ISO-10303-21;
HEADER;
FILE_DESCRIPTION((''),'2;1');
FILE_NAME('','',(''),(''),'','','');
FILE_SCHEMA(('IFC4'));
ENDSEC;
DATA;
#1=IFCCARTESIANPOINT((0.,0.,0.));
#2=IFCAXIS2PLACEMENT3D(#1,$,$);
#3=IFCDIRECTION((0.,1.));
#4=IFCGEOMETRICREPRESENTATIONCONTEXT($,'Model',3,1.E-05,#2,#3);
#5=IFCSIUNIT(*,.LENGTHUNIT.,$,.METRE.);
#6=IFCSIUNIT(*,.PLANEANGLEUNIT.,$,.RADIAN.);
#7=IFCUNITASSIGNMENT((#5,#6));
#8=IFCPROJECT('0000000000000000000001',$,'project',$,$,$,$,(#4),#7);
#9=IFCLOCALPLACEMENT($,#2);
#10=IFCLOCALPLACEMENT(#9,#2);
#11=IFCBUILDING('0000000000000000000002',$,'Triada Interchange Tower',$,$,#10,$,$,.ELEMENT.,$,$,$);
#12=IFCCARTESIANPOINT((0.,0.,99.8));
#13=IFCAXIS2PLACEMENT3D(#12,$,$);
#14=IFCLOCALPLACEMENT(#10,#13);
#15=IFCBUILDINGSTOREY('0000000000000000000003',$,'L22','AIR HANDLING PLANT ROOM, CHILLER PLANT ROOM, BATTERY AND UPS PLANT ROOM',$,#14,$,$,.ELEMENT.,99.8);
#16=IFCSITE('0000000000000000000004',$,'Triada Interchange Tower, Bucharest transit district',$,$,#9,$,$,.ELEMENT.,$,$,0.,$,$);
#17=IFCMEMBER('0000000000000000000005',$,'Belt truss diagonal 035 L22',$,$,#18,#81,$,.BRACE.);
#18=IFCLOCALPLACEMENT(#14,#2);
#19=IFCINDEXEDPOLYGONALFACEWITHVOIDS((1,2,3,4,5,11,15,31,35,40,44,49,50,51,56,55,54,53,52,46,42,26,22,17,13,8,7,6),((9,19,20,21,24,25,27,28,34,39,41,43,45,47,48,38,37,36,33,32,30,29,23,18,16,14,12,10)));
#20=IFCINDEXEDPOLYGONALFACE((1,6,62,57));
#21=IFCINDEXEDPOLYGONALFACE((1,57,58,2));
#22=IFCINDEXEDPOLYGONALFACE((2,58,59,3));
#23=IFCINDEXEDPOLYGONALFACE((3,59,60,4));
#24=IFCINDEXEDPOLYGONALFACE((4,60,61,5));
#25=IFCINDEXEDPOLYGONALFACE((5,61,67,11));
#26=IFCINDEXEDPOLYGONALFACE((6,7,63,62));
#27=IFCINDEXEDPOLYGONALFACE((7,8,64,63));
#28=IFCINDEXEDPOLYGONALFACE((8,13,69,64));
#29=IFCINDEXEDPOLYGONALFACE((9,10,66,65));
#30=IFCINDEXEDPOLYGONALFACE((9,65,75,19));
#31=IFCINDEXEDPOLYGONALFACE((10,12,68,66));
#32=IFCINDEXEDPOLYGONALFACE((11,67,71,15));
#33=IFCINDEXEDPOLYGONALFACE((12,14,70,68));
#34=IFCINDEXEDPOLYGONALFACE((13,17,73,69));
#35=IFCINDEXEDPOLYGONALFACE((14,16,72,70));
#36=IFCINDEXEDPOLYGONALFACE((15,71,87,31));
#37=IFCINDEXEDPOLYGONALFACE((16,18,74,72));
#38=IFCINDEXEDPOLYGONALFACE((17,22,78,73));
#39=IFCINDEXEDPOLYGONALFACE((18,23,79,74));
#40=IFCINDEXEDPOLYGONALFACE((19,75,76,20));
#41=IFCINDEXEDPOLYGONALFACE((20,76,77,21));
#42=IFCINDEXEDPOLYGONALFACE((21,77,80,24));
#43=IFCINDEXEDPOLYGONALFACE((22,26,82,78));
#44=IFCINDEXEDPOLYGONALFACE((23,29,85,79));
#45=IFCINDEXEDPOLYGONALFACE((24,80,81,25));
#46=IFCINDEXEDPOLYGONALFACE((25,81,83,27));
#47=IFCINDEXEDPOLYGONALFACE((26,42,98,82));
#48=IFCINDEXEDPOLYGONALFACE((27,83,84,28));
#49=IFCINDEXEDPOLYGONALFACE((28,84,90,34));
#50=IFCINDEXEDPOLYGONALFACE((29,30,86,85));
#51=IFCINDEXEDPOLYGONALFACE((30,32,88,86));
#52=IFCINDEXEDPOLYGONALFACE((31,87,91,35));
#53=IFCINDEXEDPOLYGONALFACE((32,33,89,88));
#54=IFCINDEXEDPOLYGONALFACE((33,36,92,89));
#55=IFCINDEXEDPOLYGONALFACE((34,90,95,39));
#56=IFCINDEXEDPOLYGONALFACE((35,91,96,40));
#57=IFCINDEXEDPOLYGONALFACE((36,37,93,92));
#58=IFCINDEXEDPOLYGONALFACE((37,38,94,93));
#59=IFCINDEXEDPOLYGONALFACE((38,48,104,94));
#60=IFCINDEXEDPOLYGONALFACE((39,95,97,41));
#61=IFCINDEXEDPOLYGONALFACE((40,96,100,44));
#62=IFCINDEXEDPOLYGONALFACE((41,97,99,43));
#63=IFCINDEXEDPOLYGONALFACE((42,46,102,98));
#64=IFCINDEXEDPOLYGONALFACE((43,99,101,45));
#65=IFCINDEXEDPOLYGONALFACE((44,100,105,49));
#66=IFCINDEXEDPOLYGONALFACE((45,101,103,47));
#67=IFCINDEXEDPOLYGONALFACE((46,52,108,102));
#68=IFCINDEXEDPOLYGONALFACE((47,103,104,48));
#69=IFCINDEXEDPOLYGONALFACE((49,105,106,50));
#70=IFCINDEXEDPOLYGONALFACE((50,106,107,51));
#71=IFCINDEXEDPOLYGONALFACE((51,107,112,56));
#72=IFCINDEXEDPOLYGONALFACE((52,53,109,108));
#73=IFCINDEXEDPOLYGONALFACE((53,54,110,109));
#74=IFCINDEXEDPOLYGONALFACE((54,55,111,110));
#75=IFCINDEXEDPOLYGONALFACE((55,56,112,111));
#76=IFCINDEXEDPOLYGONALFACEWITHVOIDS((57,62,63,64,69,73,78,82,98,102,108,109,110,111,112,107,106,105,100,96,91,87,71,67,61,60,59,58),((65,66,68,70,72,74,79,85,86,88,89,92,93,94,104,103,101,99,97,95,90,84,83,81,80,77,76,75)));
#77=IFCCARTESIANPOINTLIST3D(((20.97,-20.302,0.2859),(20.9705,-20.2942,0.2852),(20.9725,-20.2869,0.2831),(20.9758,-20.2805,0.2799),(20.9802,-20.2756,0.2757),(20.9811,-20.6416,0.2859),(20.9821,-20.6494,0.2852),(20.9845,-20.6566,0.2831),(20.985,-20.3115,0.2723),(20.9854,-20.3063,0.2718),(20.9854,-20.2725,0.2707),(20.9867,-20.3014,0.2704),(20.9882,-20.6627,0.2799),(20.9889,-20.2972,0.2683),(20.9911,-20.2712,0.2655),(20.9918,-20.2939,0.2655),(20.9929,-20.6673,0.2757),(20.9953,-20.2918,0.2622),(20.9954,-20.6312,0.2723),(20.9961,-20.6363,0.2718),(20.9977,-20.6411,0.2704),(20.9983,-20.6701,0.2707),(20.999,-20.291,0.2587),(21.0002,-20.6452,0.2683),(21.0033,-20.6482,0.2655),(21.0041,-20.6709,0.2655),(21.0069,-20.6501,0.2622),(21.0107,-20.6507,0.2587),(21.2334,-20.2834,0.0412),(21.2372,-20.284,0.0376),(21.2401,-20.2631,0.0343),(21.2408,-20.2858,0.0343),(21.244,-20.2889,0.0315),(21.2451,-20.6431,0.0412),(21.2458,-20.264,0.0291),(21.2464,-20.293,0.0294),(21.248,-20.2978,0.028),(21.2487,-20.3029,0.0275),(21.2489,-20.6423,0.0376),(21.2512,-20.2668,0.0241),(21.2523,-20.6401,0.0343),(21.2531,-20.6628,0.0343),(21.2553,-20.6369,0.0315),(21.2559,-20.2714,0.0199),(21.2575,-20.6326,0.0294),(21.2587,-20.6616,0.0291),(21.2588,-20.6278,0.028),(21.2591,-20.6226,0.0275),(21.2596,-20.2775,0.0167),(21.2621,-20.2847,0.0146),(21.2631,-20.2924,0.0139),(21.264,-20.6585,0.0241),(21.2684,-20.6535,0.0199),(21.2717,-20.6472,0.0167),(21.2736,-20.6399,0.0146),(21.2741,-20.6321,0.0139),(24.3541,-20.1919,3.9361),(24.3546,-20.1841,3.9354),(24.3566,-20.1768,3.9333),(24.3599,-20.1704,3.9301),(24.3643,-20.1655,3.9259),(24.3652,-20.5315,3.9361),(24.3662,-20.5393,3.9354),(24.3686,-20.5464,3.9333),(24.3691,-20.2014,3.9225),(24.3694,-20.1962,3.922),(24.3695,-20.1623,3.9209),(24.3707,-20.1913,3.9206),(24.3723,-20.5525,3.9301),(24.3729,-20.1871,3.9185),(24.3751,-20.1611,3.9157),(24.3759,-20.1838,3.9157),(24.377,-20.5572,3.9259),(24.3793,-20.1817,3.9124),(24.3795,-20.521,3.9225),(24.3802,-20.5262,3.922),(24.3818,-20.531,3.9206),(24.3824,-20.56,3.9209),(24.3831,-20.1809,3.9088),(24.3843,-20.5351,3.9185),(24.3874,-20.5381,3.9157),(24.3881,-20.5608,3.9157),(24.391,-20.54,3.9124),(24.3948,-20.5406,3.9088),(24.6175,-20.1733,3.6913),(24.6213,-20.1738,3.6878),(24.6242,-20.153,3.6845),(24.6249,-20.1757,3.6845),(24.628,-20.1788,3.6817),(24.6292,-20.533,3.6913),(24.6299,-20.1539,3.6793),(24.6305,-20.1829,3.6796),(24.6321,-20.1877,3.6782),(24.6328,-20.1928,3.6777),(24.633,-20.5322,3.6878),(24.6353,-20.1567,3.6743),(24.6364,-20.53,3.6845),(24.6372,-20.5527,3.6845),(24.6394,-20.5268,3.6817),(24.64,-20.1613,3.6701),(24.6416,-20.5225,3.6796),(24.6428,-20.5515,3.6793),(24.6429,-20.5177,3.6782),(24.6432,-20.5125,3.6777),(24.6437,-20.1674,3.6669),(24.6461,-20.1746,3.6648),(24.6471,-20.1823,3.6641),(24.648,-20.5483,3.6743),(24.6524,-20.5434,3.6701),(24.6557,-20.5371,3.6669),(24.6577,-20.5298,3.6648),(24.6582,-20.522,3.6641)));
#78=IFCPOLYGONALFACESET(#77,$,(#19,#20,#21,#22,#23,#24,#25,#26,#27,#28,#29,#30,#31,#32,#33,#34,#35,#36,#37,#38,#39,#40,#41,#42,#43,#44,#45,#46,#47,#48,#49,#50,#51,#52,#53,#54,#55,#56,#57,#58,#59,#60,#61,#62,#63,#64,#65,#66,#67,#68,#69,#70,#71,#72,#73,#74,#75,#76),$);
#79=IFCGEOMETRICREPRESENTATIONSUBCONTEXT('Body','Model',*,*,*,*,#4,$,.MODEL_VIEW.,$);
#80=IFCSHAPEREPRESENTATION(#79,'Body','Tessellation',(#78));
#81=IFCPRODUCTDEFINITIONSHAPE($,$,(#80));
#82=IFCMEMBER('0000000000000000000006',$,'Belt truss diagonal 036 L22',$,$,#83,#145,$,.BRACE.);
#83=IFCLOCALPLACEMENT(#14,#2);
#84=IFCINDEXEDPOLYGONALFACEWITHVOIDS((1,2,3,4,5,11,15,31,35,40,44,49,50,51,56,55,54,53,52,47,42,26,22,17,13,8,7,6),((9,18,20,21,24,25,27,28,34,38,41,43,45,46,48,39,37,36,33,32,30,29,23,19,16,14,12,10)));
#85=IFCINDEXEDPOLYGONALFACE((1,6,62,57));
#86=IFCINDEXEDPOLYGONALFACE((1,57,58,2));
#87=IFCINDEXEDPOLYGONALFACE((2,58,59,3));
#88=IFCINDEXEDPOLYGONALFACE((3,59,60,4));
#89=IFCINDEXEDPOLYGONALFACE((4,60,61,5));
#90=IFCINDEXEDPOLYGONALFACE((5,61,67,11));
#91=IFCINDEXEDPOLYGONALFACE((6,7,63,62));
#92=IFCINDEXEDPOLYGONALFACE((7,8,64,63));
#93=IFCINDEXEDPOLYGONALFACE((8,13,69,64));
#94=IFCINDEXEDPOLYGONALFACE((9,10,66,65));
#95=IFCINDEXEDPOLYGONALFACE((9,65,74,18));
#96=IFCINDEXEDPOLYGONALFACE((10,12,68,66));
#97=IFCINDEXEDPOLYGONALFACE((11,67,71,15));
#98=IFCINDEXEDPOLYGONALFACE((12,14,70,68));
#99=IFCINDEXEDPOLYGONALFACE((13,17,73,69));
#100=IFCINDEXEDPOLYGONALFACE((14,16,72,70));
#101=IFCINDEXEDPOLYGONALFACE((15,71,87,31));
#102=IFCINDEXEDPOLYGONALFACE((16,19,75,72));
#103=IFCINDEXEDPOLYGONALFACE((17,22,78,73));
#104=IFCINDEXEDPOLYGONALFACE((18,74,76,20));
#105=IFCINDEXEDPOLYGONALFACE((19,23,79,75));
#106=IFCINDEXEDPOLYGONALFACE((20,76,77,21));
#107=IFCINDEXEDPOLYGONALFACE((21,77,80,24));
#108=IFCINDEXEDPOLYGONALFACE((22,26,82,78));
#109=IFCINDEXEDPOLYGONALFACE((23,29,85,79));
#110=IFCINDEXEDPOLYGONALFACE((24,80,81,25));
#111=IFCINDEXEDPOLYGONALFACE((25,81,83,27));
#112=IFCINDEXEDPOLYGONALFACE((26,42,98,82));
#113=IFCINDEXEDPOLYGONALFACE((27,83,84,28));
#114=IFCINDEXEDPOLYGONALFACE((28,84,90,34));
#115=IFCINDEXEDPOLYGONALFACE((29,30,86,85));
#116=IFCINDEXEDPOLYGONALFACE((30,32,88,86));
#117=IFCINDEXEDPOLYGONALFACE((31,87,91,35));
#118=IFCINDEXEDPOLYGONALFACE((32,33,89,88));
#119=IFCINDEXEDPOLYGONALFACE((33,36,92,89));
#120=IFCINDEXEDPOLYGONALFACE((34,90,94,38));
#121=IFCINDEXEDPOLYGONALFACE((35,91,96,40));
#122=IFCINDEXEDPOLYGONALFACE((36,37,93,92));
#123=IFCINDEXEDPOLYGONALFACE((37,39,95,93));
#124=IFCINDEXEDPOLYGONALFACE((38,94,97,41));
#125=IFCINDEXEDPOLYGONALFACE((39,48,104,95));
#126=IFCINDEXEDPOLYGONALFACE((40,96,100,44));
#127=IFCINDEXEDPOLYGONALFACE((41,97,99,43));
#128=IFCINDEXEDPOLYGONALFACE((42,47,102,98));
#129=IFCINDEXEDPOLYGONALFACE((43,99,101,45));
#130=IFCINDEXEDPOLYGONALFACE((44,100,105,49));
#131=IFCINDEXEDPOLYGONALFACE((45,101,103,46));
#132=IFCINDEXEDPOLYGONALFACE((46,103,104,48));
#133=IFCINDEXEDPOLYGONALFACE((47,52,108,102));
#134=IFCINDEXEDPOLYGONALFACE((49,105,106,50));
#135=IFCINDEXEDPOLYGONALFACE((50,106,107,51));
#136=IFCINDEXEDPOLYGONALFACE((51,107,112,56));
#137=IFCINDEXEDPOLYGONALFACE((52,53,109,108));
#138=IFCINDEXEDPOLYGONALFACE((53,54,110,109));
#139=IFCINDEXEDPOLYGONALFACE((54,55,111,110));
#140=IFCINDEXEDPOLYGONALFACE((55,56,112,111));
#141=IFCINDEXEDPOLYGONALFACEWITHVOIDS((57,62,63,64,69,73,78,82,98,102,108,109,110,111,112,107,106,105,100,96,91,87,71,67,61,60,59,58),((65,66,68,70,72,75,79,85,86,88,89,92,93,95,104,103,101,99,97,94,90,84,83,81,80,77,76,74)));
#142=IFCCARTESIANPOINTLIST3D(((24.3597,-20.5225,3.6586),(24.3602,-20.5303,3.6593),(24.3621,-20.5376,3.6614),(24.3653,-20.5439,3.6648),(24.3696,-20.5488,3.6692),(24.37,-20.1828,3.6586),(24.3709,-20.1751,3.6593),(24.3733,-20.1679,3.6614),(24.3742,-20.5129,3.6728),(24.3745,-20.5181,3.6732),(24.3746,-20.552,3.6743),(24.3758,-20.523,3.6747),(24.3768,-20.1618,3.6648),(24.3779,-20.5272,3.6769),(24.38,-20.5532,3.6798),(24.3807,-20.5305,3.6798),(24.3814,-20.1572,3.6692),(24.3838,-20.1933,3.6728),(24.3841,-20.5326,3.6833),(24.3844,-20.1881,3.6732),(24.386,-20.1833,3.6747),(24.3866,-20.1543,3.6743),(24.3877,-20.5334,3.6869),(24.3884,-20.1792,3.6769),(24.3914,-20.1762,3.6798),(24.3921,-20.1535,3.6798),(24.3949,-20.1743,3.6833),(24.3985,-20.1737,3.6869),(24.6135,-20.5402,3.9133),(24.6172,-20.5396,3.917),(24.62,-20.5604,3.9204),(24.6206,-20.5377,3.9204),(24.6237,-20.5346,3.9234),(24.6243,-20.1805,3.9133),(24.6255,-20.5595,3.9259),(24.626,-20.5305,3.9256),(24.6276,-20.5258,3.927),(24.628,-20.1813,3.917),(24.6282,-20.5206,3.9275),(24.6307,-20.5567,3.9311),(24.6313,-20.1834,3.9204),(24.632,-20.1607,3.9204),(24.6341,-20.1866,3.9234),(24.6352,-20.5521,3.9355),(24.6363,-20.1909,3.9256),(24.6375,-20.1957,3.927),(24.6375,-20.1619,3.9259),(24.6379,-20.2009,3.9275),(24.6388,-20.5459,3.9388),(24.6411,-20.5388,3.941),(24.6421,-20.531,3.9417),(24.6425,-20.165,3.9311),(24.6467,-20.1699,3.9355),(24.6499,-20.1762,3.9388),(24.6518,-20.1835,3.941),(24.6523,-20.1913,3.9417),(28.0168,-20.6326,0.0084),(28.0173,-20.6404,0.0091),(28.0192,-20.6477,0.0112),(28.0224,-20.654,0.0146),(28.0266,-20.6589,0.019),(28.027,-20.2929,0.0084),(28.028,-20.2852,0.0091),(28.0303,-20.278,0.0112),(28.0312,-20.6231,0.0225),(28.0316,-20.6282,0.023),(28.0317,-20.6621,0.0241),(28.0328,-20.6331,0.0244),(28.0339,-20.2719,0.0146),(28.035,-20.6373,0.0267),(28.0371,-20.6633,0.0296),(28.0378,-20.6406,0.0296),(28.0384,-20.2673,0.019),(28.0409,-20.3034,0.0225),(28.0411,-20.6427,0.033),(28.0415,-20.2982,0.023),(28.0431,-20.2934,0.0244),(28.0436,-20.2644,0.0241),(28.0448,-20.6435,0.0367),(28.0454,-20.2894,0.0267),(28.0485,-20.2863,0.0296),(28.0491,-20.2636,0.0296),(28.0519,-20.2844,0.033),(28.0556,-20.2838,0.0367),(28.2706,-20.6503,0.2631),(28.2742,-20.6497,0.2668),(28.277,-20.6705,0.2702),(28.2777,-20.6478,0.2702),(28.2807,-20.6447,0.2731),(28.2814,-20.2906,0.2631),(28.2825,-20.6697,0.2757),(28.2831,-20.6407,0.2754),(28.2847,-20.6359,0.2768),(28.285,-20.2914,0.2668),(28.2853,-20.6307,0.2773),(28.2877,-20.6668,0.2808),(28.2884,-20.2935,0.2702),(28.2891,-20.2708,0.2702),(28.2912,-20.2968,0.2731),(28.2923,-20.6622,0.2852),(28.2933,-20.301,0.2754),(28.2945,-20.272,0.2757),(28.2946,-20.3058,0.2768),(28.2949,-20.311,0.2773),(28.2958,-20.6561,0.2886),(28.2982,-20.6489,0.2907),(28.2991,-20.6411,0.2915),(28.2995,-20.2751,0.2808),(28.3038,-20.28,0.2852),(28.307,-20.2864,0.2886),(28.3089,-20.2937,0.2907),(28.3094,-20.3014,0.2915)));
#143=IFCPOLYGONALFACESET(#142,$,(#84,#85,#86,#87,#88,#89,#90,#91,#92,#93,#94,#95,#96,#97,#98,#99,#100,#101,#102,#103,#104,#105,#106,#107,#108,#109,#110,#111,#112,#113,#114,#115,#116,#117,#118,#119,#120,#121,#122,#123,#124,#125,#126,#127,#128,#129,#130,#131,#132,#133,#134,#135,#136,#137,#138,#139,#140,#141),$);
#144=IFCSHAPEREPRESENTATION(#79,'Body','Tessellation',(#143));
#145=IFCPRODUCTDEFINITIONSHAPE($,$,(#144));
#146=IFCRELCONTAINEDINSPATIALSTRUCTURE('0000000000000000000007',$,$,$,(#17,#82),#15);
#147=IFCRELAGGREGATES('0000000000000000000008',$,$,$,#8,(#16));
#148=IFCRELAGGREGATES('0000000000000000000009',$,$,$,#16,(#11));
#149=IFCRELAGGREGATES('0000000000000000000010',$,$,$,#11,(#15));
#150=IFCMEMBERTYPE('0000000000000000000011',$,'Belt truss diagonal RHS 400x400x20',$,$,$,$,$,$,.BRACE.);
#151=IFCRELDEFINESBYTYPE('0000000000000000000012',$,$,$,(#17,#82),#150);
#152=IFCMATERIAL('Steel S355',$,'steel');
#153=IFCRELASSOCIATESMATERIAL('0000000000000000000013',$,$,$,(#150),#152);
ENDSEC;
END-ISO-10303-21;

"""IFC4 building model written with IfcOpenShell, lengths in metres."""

from ifc_helpers import new_model, si_unit, direction, frame, origin, origin_2d, place, context, subcontext, project, spatial, hollow_rectangle, extrude, material, material_profile, profile_set, type_object, element, save


model = new_model("IFC4")

# Units and contexts
model_context = context("Model", 3, precision=1e-05, world=origin(), true_north=direction((0.0, 1.0)))
body_context = subcontext(model_context, "Body", "Model", "MODEL_VIEW")
ifc_project = project(units=[si_unit("LENGTHUNIT", "METRE"), si_unit("PLANEANGLEUNIT", "RADIAN")], contexts=[model_context])

# Site, building, storey
site_placement = place(None, origin())
site = spatial("IfcSite", under=ifc_project, at=site_placement, Name="Triada Interchange Tower, Bucharest transit district", CompositionType="ELEMENT", RefElevation=0.0)
building_placement = place(site_placement, origin())
building = spatial("IfcBuilding", under=site, at=building_placement, Name="Triada Interchange Tower", CompositionType="ELEMENT")
storey_placement = place(building_placement, frame((0.0, 0.0, 99.8)))
storey = spatial("IfcBuildingStorey", under=building, at=storey_placement, Name="L22", Description="AIR HANDLING PLANT ROOM, CHILLER PLANT ROOM, BATTERY AND UPS PLANT ROOM", CompositionType="ELEMENT", Elevation=99.8)

# Members
ifc_material_1 = material(Name="Steel S355", Category="steel")
ifc_material_profile_1 = material_profile(ifc_material_1, hollow_rectangle(XDim=0.3999, YDim=0.3999, WallThickness=0.02, InnerFilletRadius=0.02, OuterFilletRadius=0.03, at=origin_2d()), Name="RHS 400x400x20")
ifc_profile_set_1 = profile_set([ifc_material_profile_1], Name="Steel S355")
member_type = type_object("IfcMemberType", Name="Belt truss diagonal RHS 400x400x20", PredefinedType="BRACE", material=ifc_profile_set_1)
member_1_placement = place(storey_placement, frame((21.1221, -20.467, 0.1499), z_axis=(0.679703, 0.022116, 0.733154), x_axis=(-0.03252, 0.999471, 0.0)))
element("IfcMember", 1, at=member_1_placement, inside=storey, type_object=member_type, Name="Belt truss diagonal 035 L22", PredefinedType="BRACE", context=body_context, shape_type="SweptSolid", body=[
    extrude(hollow_rectangle(XDim=0.3999, YDim=0.3999, WallThickness=0.02, InnerFilletRadius=0.02, OuterFilletRadius=0.03, at=origin_2d()), origin(), (0.0, 0.0, 1.0), 4.9788),
])
member_2_placement = place(storey_placement, frame((28.1631, -20.467, 0.1499), z_axis=(-0.707607, 0.021305, 0.706285), x_axis=(-0.030095, -0.999547, 0.0)))
element("IfcMember", 2, at=member_2_placement, inside=storey, type_object=member_type, Name="Belt truss diagonal 036 L22", PredefinedType="BRACE", context=body_context, shape_type="SweptSolid", body=[
    extrude(hollow_rectangle(XDim=0.3999, YDim=0.3999, WallThickness=0.02, InnerFilletRadius=0.02, OuterFilletRadius=0.03, at=origin_2d()), origin(), (0.0, 0.0, 1.0), 5.1682),
])

save(model, "model.ifc")
